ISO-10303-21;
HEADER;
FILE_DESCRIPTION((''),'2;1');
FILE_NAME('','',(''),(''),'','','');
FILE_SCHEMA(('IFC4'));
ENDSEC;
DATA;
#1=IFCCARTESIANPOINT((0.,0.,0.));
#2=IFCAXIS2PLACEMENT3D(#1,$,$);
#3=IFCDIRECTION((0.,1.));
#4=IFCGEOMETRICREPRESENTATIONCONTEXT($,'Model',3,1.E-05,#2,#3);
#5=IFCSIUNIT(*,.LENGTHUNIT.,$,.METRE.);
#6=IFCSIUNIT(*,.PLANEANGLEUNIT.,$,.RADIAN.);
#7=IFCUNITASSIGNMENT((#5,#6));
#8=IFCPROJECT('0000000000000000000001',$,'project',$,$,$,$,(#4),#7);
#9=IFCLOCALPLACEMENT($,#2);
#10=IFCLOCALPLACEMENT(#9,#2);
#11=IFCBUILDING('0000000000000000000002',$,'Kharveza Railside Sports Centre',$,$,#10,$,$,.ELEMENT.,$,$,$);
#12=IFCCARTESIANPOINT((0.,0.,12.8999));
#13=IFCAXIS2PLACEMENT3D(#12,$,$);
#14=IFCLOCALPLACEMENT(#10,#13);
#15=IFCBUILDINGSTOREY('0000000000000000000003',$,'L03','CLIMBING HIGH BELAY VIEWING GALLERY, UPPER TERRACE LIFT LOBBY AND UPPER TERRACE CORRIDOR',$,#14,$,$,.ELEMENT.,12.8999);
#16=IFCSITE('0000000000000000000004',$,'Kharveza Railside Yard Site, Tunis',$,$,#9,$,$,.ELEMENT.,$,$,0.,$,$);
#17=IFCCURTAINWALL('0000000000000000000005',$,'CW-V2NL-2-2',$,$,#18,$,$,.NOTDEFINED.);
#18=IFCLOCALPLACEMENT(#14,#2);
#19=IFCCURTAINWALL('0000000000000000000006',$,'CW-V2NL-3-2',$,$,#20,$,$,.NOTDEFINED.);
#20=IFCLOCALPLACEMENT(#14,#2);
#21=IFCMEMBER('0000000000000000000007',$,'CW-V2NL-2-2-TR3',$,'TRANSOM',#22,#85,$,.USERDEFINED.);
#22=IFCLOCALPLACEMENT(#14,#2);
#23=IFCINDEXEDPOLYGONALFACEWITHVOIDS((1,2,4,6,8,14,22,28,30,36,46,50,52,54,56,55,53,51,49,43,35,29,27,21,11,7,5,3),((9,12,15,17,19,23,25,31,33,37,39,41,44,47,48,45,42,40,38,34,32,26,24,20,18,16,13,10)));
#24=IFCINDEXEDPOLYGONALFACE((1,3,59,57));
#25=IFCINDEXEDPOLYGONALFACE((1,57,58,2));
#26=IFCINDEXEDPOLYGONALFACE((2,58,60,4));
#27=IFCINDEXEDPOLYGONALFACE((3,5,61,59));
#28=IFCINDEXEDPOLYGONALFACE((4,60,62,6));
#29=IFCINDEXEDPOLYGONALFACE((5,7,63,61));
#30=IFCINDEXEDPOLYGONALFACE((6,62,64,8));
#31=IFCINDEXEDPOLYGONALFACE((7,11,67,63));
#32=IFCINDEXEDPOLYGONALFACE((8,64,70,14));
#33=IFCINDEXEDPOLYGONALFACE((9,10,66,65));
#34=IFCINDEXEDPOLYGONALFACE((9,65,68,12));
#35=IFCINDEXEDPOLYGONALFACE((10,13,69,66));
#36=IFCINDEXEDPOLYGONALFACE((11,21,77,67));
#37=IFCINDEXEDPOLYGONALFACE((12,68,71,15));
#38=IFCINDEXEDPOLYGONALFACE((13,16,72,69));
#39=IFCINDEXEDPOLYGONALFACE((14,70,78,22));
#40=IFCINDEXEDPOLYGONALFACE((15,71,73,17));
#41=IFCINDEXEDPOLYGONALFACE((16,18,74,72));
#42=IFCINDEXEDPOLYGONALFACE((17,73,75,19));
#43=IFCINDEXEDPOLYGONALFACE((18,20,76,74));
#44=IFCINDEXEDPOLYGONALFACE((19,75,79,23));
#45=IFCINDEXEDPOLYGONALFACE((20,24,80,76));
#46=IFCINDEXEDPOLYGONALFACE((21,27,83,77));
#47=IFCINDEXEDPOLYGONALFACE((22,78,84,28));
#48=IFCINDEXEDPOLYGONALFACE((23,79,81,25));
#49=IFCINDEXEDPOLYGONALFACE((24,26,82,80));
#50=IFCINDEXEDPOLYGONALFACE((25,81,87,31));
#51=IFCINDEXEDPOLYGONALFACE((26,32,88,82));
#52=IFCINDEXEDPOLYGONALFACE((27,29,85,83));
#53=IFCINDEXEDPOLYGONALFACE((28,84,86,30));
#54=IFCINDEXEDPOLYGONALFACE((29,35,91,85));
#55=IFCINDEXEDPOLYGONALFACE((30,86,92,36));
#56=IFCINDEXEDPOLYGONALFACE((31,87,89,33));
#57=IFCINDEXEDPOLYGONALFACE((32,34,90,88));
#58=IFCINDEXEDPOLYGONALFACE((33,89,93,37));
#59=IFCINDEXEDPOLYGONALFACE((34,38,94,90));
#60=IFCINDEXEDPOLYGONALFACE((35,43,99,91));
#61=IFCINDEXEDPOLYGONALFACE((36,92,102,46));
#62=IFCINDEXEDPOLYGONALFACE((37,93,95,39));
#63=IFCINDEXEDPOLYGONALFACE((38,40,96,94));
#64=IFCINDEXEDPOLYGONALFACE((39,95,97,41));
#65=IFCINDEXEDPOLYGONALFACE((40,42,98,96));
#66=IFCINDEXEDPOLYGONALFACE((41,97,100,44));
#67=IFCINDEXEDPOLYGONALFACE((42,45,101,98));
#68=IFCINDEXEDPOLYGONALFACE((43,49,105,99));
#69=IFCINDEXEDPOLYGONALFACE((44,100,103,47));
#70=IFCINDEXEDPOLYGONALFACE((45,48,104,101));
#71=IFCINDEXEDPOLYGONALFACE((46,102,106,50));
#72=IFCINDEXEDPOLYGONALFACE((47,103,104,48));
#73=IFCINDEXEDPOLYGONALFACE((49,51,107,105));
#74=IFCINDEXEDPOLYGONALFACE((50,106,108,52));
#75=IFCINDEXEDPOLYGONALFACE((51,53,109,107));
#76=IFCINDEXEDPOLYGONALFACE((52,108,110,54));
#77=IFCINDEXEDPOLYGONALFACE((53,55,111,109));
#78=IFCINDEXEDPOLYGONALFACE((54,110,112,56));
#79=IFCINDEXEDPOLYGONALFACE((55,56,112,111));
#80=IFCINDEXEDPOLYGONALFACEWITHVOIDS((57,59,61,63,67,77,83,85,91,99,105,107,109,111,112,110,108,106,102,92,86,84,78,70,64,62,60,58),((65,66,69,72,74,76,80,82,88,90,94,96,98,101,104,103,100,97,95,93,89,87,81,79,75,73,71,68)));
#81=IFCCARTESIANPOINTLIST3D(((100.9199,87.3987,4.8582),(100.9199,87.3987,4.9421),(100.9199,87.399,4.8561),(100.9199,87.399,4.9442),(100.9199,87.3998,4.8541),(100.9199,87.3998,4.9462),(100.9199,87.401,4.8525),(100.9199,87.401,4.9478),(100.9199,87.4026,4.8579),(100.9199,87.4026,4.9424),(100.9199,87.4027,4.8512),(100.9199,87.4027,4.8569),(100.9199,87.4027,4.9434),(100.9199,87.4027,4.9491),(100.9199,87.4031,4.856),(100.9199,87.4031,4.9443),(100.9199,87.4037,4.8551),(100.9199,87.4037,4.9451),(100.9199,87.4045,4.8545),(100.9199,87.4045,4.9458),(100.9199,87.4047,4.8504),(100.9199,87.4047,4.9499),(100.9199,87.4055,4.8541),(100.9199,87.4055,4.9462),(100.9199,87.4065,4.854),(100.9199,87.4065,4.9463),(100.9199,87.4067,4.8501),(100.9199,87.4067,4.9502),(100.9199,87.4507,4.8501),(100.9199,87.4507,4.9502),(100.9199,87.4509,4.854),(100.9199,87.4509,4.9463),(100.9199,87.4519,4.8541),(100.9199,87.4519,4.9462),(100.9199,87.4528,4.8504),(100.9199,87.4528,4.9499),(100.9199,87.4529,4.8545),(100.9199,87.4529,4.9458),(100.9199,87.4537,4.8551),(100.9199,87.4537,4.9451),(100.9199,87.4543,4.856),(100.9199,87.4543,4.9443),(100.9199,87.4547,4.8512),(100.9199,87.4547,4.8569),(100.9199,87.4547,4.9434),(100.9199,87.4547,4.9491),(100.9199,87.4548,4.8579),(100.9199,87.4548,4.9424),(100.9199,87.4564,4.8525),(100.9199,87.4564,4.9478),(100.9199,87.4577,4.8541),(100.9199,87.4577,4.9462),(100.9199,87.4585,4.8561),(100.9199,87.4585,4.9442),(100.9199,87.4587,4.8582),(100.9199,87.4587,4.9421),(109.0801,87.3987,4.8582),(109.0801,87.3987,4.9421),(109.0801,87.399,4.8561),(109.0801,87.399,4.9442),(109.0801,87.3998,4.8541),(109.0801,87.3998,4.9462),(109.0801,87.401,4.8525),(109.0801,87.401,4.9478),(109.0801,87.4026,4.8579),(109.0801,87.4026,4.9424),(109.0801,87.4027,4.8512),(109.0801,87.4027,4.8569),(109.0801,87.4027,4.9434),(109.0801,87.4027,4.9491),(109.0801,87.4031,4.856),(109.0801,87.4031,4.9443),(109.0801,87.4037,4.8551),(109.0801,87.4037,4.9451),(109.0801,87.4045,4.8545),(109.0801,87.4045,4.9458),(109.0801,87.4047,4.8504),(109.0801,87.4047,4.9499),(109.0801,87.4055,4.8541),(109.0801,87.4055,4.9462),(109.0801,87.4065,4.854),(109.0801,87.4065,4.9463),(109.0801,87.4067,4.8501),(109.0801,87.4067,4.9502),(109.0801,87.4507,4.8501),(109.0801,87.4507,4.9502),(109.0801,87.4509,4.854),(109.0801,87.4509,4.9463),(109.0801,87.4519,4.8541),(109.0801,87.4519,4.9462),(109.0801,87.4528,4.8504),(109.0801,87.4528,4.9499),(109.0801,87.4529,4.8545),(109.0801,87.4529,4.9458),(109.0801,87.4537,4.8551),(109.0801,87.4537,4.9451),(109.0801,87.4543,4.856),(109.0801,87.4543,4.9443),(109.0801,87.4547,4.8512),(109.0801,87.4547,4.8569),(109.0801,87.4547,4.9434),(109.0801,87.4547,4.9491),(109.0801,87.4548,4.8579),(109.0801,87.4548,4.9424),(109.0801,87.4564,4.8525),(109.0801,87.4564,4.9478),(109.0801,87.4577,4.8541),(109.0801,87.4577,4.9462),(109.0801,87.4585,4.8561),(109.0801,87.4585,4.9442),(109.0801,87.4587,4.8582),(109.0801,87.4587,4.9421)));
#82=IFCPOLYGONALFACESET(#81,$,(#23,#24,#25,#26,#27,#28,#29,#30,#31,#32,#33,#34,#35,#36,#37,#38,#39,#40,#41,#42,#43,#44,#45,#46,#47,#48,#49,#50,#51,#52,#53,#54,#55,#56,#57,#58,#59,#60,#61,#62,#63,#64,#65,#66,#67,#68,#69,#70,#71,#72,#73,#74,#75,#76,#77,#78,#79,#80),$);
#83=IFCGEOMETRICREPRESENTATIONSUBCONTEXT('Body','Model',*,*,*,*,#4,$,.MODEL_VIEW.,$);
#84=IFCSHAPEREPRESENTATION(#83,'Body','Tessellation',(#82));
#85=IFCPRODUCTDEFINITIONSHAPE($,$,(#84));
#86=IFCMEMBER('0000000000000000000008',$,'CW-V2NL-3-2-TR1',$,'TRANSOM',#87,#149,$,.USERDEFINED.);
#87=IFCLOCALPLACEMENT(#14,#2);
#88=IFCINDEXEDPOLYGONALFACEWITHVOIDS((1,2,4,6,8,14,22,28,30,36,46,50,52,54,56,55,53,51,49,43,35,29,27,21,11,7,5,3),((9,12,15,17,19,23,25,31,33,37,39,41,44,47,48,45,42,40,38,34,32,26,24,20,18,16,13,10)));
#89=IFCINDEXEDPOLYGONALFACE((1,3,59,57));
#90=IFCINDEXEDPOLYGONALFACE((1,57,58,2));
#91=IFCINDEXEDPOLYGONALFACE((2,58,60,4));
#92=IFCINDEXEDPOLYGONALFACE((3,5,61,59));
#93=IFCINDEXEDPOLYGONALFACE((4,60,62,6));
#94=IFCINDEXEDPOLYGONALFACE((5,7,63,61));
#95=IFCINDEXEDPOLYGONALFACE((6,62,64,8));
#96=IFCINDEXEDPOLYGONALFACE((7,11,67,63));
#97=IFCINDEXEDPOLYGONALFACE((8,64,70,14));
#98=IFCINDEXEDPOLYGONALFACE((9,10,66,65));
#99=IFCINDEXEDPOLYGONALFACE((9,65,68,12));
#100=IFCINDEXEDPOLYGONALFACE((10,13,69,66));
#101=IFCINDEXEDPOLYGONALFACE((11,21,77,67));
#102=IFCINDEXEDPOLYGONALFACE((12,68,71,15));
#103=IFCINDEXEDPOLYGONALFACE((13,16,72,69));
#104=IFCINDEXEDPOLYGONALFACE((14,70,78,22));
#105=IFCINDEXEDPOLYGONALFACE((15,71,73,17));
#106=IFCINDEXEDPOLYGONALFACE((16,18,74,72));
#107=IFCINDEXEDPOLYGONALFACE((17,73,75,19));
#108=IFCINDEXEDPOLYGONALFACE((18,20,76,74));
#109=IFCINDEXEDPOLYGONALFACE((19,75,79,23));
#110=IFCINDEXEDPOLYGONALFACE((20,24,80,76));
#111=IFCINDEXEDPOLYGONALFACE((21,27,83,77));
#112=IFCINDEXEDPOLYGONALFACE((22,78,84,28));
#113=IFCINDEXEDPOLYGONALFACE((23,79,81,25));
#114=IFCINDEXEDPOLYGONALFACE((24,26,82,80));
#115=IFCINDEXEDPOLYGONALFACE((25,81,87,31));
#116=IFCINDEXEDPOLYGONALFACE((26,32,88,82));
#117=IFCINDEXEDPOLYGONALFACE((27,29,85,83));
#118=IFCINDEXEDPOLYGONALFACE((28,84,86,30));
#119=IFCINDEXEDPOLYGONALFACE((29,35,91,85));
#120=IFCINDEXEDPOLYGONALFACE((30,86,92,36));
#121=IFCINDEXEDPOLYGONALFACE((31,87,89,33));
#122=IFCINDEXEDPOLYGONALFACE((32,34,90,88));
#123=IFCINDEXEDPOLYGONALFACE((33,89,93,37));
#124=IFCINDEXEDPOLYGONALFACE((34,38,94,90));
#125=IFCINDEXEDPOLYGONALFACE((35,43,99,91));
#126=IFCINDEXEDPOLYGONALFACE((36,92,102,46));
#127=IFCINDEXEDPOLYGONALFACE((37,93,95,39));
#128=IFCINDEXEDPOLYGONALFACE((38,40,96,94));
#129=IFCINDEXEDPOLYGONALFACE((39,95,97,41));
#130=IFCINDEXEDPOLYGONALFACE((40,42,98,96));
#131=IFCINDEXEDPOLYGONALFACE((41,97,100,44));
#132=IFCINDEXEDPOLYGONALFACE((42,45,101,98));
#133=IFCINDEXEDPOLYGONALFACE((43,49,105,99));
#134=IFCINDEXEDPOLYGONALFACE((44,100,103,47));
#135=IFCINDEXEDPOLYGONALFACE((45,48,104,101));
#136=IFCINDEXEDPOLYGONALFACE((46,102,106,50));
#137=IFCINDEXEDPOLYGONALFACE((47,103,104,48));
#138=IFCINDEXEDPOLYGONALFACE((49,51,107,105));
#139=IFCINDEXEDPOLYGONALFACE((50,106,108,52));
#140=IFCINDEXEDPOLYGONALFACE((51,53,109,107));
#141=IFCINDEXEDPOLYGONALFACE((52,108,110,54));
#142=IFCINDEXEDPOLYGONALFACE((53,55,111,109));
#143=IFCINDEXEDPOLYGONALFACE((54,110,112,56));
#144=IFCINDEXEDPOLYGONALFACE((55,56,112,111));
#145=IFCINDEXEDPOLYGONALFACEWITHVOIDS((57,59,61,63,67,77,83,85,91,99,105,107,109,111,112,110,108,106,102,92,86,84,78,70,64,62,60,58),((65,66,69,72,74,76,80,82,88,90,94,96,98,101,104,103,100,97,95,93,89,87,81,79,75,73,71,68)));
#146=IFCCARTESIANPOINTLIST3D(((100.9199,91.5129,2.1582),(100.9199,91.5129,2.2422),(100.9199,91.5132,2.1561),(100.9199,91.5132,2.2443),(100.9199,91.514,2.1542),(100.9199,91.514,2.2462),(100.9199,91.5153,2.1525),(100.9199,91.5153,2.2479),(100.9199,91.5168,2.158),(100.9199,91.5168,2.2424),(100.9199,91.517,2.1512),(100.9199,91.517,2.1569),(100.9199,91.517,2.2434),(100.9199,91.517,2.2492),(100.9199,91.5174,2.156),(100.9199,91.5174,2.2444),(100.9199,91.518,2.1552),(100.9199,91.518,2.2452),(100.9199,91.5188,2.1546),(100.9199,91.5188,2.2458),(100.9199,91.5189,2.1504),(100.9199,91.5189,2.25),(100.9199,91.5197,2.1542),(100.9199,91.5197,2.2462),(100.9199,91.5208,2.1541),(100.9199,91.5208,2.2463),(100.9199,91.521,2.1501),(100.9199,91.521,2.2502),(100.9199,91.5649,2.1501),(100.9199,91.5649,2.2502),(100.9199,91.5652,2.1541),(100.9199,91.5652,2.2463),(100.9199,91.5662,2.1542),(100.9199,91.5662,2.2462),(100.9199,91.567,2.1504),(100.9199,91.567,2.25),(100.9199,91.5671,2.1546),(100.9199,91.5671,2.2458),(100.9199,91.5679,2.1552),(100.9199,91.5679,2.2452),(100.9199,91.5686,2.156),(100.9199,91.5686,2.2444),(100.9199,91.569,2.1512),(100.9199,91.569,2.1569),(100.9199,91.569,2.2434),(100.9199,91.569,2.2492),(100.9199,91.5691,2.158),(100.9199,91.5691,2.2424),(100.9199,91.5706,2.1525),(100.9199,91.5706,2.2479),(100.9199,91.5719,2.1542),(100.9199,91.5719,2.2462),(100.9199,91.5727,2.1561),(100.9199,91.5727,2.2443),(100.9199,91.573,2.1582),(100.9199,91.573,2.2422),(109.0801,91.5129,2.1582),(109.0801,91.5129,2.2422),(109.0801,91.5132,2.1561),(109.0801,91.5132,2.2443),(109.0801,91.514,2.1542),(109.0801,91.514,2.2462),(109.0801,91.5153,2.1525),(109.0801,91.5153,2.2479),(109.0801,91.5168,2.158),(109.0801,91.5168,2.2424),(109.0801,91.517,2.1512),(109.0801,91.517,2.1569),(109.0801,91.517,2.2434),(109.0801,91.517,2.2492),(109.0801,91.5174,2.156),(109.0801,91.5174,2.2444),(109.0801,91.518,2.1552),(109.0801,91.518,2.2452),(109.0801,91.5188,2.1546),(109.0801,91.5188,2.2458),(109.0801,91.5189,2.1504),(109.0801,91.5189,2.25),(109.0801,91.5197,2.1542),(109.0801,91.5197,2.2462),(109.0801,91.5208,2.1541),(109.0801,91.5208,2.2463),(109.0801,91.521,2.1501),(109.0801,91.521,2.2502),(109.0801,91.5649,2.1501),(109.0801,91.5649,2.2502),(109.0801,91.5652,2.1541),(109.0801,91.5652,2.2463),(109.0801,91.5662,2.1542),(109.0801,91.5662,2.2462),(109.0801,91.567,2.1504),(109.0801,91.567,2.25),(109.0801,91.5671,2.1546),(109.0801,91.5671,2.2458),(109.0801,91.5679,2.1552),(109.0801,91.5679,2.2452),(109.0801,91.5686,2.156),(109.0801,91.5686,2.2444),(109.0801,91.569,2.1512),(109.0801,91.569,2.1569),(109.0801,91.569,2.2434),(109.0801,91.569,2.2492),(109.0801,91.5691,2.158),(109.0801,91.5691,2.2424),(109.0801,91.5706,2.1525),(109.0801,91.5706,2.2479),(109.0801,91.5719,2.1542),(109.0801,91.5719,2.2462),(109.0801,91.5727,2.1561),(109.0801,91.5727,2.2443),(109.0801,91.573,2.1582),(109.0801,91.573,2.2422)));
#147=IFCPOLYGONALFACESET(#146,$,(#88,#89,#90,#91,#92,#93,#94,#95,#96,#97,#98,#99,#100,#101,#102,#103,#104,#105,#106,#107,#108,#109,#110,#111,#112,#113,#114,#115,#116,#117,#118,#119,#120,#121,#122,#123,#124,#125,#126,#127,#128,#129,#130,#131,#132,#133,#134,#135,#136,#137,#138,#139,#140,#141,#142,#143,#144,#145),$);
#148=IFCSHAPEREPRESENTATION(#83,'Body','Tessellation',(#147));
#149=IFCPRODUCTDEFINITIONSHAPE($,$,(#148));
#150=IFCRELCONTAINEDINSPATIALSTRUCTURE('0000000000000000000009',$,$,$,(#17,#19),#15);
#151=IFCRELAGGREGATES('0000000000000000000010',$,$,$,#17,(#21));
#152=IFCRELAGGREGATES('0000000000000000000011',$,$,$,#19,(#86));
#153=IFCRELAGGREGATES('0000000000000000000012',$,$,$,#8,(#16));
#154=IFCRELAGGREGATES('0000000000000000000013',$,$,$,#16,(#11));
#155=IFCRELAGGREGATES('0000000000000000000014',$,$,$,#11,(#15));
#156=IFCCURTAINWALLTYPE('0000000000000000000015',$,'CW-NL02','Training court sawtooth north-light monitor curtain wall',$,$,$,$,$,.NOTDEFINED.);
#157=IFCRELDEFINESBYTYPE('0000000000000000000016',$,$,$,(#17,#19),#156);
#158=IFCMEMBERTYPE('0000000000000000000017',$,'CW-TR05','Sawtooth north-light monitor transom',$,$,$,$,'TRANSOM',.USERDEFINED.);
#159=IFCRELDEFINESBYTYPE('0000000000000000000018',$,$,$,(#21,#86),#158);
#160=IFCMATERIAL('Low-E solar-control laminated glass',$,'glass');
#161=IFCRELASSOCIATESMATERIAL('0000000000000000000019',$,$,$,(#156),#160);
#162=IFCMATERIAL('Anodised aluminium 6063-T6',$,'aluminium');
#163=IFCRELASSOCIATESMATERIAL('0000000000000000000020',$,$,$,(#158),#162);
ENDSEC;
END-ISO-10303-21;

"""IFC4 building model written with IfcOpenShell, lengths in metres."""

from ifc_helpers import new_model, si_unit, direction, frame, origin, origin_2d, place, context, subcontext, project, spatial, hollow_rectangle, extrude, material, material_profile, profile_set, type_object, element, aggregate, save


model = new_model("IFC4")

# Units and contexts
model_context = context("Model", 3, precision=1e-05, world=origin(), true_north=direction((0.0, 1.0)))
body_context = subcontext(model_context, "Body", "Model", "MODEL_VIEW")
ifc_project = project(units=[si_unit("LENGTHUNIT", "METRE"), si_unit("PLANEANGLEUNIT", "RADIAN")], contexts=[model_context])

# Site, building, storey
site_placement = place(None, origin())
site = spatial("IfcSite", under=ifc_project, at=site_placement, Name="Kharveza Railside Yard Site, Tunis", CompositionType="ELEMENT", RefElevation=0.0)
building_placement = place(site_placement, origin())
building = spatial("IfcBuilding", under=site, at=building_placement, Name="Kharveza Railside Sports Centre", CompositionType="ELEMENT")
storey_placement = place(building_placement, frame((0.0, 0.0, 12.8999)))
storey = spatial("IfcBuildingStorey", under=building, at=storey_placement, Name="L03", Description="CLIMBING HIGH BELAY VIEWING GALLERY, UPPER TERRACE LIFT LOBBY AND UPPER TERRACE CORRIDOR", CompositionType="ELEMENT", Elevation=12.8999)

# Curtain walls
ifc_material_1 = material(Name="Low-E solar-control laminated glass", Category="glass")
curtain_wall_type = type_object("IfcCurtainWallType", Name="CW-NL02", Description="Training court sawtooth north-light monitor curtain wall", PredefinedType="NOTDEFINED", material=ifc_material_1)
curtain_wall_1_placement = place(storey_placement, origin())
curtain_wall_1 = element("IfcCurtainWall", 1, at=curtain_wall_1_placement, inside=storey, type_object=curtain_wall_type, Name="CW-V2NL-2-2", PredefinedType="NOTDEFINED")
ifc_material_2 = material(Name="Anodised aluminium 6063-T6", Category="aluminium")
curtain_wall_2_placement = place(storey_placement, origin())
curtain_wall_2 = element("IfcCurtainWall", 2, at=curtain_wall_2_placement, inside=storey, type_object=curtain_wall_type, Name="CW-V2NL-3-2", PredefinedType="NOTDEFINED")

# Members
ifc_material_profile_1 = material_profile(ifc_material_2, hollow_rectangle(XDim=0.0601, YDim=0.1001, WallThickness=0.0039, InnerFilletRadius=0.0039, OuterFilletRadius=0.0081, at=origin_2d()), Name="RHS 60x100x4.0")
ifc_profile_set_1 = profile_set([ifc_material_profile_1], Name="Anodised aluminium 6063-T6")
member_type_1 = type_object("IfcMemberType", Name="CW-TR05", Description="Sawtooth north-light monitor transom", ElementType="TRANSOM", PredefinedType="USERDEFINED", material=ifc_profile_set_1)
member_1_placement = place(storey_placement, frame((100.9199, 87.4287, 4.9001), z_axis=(1.0, 0.0, 0.0), x_axis=(0.0, 1.0, 0.0)))
member_1 = element("IfcMember", 3, at=member_1_placement, type_object=member_type_1, Name="CW-V2NL-2-2-TR3", ObjectType="TRANSOM", PredefinedType="USERDEFINED", context=body_context, shape_type="SweptSolid", body=[
    extrude(hollow_rectangle(XDim=0.0601, YDim=0.1001, WallThickness=0.0039, InnerFilletRadius=0.0039, OuterFilletRadius=0.0081, at=origin_2d()), origin(), (0.0, 0.0, 1.0), 8.1602),
])
member_2_placement = place(storey_placement, frame((100.9199, 91.543, 2.2002), z_axis=(1.0, 0.0, 0.0), x_axis=(0.0, 1.0, 0.0)))
member_2 = element("IfcMember", 4, at=member_2_placement, type_object=member_type_1, Name="CW-V2NL-3-2-TR1", ObjectType="TRANSOM", PredefinedType="USERDEFINED", context=body_context, shape_type="SweptSolid", body=[
    extrude(hollow_rectangle(XDim=0.0601, YDim=0.1001, WallThickness=0.0039, InnerFilletRadius=0.0039, OuterFilletRadius=0.0081, at=origin_2d()), origin(), (0.0, 0.0, 1.0), 8.1602),
])

aggregate(curtain_wall_1, [member_1])
aggregate(curtain_wall_2, [member_2])

save(model, "model.ifc")
